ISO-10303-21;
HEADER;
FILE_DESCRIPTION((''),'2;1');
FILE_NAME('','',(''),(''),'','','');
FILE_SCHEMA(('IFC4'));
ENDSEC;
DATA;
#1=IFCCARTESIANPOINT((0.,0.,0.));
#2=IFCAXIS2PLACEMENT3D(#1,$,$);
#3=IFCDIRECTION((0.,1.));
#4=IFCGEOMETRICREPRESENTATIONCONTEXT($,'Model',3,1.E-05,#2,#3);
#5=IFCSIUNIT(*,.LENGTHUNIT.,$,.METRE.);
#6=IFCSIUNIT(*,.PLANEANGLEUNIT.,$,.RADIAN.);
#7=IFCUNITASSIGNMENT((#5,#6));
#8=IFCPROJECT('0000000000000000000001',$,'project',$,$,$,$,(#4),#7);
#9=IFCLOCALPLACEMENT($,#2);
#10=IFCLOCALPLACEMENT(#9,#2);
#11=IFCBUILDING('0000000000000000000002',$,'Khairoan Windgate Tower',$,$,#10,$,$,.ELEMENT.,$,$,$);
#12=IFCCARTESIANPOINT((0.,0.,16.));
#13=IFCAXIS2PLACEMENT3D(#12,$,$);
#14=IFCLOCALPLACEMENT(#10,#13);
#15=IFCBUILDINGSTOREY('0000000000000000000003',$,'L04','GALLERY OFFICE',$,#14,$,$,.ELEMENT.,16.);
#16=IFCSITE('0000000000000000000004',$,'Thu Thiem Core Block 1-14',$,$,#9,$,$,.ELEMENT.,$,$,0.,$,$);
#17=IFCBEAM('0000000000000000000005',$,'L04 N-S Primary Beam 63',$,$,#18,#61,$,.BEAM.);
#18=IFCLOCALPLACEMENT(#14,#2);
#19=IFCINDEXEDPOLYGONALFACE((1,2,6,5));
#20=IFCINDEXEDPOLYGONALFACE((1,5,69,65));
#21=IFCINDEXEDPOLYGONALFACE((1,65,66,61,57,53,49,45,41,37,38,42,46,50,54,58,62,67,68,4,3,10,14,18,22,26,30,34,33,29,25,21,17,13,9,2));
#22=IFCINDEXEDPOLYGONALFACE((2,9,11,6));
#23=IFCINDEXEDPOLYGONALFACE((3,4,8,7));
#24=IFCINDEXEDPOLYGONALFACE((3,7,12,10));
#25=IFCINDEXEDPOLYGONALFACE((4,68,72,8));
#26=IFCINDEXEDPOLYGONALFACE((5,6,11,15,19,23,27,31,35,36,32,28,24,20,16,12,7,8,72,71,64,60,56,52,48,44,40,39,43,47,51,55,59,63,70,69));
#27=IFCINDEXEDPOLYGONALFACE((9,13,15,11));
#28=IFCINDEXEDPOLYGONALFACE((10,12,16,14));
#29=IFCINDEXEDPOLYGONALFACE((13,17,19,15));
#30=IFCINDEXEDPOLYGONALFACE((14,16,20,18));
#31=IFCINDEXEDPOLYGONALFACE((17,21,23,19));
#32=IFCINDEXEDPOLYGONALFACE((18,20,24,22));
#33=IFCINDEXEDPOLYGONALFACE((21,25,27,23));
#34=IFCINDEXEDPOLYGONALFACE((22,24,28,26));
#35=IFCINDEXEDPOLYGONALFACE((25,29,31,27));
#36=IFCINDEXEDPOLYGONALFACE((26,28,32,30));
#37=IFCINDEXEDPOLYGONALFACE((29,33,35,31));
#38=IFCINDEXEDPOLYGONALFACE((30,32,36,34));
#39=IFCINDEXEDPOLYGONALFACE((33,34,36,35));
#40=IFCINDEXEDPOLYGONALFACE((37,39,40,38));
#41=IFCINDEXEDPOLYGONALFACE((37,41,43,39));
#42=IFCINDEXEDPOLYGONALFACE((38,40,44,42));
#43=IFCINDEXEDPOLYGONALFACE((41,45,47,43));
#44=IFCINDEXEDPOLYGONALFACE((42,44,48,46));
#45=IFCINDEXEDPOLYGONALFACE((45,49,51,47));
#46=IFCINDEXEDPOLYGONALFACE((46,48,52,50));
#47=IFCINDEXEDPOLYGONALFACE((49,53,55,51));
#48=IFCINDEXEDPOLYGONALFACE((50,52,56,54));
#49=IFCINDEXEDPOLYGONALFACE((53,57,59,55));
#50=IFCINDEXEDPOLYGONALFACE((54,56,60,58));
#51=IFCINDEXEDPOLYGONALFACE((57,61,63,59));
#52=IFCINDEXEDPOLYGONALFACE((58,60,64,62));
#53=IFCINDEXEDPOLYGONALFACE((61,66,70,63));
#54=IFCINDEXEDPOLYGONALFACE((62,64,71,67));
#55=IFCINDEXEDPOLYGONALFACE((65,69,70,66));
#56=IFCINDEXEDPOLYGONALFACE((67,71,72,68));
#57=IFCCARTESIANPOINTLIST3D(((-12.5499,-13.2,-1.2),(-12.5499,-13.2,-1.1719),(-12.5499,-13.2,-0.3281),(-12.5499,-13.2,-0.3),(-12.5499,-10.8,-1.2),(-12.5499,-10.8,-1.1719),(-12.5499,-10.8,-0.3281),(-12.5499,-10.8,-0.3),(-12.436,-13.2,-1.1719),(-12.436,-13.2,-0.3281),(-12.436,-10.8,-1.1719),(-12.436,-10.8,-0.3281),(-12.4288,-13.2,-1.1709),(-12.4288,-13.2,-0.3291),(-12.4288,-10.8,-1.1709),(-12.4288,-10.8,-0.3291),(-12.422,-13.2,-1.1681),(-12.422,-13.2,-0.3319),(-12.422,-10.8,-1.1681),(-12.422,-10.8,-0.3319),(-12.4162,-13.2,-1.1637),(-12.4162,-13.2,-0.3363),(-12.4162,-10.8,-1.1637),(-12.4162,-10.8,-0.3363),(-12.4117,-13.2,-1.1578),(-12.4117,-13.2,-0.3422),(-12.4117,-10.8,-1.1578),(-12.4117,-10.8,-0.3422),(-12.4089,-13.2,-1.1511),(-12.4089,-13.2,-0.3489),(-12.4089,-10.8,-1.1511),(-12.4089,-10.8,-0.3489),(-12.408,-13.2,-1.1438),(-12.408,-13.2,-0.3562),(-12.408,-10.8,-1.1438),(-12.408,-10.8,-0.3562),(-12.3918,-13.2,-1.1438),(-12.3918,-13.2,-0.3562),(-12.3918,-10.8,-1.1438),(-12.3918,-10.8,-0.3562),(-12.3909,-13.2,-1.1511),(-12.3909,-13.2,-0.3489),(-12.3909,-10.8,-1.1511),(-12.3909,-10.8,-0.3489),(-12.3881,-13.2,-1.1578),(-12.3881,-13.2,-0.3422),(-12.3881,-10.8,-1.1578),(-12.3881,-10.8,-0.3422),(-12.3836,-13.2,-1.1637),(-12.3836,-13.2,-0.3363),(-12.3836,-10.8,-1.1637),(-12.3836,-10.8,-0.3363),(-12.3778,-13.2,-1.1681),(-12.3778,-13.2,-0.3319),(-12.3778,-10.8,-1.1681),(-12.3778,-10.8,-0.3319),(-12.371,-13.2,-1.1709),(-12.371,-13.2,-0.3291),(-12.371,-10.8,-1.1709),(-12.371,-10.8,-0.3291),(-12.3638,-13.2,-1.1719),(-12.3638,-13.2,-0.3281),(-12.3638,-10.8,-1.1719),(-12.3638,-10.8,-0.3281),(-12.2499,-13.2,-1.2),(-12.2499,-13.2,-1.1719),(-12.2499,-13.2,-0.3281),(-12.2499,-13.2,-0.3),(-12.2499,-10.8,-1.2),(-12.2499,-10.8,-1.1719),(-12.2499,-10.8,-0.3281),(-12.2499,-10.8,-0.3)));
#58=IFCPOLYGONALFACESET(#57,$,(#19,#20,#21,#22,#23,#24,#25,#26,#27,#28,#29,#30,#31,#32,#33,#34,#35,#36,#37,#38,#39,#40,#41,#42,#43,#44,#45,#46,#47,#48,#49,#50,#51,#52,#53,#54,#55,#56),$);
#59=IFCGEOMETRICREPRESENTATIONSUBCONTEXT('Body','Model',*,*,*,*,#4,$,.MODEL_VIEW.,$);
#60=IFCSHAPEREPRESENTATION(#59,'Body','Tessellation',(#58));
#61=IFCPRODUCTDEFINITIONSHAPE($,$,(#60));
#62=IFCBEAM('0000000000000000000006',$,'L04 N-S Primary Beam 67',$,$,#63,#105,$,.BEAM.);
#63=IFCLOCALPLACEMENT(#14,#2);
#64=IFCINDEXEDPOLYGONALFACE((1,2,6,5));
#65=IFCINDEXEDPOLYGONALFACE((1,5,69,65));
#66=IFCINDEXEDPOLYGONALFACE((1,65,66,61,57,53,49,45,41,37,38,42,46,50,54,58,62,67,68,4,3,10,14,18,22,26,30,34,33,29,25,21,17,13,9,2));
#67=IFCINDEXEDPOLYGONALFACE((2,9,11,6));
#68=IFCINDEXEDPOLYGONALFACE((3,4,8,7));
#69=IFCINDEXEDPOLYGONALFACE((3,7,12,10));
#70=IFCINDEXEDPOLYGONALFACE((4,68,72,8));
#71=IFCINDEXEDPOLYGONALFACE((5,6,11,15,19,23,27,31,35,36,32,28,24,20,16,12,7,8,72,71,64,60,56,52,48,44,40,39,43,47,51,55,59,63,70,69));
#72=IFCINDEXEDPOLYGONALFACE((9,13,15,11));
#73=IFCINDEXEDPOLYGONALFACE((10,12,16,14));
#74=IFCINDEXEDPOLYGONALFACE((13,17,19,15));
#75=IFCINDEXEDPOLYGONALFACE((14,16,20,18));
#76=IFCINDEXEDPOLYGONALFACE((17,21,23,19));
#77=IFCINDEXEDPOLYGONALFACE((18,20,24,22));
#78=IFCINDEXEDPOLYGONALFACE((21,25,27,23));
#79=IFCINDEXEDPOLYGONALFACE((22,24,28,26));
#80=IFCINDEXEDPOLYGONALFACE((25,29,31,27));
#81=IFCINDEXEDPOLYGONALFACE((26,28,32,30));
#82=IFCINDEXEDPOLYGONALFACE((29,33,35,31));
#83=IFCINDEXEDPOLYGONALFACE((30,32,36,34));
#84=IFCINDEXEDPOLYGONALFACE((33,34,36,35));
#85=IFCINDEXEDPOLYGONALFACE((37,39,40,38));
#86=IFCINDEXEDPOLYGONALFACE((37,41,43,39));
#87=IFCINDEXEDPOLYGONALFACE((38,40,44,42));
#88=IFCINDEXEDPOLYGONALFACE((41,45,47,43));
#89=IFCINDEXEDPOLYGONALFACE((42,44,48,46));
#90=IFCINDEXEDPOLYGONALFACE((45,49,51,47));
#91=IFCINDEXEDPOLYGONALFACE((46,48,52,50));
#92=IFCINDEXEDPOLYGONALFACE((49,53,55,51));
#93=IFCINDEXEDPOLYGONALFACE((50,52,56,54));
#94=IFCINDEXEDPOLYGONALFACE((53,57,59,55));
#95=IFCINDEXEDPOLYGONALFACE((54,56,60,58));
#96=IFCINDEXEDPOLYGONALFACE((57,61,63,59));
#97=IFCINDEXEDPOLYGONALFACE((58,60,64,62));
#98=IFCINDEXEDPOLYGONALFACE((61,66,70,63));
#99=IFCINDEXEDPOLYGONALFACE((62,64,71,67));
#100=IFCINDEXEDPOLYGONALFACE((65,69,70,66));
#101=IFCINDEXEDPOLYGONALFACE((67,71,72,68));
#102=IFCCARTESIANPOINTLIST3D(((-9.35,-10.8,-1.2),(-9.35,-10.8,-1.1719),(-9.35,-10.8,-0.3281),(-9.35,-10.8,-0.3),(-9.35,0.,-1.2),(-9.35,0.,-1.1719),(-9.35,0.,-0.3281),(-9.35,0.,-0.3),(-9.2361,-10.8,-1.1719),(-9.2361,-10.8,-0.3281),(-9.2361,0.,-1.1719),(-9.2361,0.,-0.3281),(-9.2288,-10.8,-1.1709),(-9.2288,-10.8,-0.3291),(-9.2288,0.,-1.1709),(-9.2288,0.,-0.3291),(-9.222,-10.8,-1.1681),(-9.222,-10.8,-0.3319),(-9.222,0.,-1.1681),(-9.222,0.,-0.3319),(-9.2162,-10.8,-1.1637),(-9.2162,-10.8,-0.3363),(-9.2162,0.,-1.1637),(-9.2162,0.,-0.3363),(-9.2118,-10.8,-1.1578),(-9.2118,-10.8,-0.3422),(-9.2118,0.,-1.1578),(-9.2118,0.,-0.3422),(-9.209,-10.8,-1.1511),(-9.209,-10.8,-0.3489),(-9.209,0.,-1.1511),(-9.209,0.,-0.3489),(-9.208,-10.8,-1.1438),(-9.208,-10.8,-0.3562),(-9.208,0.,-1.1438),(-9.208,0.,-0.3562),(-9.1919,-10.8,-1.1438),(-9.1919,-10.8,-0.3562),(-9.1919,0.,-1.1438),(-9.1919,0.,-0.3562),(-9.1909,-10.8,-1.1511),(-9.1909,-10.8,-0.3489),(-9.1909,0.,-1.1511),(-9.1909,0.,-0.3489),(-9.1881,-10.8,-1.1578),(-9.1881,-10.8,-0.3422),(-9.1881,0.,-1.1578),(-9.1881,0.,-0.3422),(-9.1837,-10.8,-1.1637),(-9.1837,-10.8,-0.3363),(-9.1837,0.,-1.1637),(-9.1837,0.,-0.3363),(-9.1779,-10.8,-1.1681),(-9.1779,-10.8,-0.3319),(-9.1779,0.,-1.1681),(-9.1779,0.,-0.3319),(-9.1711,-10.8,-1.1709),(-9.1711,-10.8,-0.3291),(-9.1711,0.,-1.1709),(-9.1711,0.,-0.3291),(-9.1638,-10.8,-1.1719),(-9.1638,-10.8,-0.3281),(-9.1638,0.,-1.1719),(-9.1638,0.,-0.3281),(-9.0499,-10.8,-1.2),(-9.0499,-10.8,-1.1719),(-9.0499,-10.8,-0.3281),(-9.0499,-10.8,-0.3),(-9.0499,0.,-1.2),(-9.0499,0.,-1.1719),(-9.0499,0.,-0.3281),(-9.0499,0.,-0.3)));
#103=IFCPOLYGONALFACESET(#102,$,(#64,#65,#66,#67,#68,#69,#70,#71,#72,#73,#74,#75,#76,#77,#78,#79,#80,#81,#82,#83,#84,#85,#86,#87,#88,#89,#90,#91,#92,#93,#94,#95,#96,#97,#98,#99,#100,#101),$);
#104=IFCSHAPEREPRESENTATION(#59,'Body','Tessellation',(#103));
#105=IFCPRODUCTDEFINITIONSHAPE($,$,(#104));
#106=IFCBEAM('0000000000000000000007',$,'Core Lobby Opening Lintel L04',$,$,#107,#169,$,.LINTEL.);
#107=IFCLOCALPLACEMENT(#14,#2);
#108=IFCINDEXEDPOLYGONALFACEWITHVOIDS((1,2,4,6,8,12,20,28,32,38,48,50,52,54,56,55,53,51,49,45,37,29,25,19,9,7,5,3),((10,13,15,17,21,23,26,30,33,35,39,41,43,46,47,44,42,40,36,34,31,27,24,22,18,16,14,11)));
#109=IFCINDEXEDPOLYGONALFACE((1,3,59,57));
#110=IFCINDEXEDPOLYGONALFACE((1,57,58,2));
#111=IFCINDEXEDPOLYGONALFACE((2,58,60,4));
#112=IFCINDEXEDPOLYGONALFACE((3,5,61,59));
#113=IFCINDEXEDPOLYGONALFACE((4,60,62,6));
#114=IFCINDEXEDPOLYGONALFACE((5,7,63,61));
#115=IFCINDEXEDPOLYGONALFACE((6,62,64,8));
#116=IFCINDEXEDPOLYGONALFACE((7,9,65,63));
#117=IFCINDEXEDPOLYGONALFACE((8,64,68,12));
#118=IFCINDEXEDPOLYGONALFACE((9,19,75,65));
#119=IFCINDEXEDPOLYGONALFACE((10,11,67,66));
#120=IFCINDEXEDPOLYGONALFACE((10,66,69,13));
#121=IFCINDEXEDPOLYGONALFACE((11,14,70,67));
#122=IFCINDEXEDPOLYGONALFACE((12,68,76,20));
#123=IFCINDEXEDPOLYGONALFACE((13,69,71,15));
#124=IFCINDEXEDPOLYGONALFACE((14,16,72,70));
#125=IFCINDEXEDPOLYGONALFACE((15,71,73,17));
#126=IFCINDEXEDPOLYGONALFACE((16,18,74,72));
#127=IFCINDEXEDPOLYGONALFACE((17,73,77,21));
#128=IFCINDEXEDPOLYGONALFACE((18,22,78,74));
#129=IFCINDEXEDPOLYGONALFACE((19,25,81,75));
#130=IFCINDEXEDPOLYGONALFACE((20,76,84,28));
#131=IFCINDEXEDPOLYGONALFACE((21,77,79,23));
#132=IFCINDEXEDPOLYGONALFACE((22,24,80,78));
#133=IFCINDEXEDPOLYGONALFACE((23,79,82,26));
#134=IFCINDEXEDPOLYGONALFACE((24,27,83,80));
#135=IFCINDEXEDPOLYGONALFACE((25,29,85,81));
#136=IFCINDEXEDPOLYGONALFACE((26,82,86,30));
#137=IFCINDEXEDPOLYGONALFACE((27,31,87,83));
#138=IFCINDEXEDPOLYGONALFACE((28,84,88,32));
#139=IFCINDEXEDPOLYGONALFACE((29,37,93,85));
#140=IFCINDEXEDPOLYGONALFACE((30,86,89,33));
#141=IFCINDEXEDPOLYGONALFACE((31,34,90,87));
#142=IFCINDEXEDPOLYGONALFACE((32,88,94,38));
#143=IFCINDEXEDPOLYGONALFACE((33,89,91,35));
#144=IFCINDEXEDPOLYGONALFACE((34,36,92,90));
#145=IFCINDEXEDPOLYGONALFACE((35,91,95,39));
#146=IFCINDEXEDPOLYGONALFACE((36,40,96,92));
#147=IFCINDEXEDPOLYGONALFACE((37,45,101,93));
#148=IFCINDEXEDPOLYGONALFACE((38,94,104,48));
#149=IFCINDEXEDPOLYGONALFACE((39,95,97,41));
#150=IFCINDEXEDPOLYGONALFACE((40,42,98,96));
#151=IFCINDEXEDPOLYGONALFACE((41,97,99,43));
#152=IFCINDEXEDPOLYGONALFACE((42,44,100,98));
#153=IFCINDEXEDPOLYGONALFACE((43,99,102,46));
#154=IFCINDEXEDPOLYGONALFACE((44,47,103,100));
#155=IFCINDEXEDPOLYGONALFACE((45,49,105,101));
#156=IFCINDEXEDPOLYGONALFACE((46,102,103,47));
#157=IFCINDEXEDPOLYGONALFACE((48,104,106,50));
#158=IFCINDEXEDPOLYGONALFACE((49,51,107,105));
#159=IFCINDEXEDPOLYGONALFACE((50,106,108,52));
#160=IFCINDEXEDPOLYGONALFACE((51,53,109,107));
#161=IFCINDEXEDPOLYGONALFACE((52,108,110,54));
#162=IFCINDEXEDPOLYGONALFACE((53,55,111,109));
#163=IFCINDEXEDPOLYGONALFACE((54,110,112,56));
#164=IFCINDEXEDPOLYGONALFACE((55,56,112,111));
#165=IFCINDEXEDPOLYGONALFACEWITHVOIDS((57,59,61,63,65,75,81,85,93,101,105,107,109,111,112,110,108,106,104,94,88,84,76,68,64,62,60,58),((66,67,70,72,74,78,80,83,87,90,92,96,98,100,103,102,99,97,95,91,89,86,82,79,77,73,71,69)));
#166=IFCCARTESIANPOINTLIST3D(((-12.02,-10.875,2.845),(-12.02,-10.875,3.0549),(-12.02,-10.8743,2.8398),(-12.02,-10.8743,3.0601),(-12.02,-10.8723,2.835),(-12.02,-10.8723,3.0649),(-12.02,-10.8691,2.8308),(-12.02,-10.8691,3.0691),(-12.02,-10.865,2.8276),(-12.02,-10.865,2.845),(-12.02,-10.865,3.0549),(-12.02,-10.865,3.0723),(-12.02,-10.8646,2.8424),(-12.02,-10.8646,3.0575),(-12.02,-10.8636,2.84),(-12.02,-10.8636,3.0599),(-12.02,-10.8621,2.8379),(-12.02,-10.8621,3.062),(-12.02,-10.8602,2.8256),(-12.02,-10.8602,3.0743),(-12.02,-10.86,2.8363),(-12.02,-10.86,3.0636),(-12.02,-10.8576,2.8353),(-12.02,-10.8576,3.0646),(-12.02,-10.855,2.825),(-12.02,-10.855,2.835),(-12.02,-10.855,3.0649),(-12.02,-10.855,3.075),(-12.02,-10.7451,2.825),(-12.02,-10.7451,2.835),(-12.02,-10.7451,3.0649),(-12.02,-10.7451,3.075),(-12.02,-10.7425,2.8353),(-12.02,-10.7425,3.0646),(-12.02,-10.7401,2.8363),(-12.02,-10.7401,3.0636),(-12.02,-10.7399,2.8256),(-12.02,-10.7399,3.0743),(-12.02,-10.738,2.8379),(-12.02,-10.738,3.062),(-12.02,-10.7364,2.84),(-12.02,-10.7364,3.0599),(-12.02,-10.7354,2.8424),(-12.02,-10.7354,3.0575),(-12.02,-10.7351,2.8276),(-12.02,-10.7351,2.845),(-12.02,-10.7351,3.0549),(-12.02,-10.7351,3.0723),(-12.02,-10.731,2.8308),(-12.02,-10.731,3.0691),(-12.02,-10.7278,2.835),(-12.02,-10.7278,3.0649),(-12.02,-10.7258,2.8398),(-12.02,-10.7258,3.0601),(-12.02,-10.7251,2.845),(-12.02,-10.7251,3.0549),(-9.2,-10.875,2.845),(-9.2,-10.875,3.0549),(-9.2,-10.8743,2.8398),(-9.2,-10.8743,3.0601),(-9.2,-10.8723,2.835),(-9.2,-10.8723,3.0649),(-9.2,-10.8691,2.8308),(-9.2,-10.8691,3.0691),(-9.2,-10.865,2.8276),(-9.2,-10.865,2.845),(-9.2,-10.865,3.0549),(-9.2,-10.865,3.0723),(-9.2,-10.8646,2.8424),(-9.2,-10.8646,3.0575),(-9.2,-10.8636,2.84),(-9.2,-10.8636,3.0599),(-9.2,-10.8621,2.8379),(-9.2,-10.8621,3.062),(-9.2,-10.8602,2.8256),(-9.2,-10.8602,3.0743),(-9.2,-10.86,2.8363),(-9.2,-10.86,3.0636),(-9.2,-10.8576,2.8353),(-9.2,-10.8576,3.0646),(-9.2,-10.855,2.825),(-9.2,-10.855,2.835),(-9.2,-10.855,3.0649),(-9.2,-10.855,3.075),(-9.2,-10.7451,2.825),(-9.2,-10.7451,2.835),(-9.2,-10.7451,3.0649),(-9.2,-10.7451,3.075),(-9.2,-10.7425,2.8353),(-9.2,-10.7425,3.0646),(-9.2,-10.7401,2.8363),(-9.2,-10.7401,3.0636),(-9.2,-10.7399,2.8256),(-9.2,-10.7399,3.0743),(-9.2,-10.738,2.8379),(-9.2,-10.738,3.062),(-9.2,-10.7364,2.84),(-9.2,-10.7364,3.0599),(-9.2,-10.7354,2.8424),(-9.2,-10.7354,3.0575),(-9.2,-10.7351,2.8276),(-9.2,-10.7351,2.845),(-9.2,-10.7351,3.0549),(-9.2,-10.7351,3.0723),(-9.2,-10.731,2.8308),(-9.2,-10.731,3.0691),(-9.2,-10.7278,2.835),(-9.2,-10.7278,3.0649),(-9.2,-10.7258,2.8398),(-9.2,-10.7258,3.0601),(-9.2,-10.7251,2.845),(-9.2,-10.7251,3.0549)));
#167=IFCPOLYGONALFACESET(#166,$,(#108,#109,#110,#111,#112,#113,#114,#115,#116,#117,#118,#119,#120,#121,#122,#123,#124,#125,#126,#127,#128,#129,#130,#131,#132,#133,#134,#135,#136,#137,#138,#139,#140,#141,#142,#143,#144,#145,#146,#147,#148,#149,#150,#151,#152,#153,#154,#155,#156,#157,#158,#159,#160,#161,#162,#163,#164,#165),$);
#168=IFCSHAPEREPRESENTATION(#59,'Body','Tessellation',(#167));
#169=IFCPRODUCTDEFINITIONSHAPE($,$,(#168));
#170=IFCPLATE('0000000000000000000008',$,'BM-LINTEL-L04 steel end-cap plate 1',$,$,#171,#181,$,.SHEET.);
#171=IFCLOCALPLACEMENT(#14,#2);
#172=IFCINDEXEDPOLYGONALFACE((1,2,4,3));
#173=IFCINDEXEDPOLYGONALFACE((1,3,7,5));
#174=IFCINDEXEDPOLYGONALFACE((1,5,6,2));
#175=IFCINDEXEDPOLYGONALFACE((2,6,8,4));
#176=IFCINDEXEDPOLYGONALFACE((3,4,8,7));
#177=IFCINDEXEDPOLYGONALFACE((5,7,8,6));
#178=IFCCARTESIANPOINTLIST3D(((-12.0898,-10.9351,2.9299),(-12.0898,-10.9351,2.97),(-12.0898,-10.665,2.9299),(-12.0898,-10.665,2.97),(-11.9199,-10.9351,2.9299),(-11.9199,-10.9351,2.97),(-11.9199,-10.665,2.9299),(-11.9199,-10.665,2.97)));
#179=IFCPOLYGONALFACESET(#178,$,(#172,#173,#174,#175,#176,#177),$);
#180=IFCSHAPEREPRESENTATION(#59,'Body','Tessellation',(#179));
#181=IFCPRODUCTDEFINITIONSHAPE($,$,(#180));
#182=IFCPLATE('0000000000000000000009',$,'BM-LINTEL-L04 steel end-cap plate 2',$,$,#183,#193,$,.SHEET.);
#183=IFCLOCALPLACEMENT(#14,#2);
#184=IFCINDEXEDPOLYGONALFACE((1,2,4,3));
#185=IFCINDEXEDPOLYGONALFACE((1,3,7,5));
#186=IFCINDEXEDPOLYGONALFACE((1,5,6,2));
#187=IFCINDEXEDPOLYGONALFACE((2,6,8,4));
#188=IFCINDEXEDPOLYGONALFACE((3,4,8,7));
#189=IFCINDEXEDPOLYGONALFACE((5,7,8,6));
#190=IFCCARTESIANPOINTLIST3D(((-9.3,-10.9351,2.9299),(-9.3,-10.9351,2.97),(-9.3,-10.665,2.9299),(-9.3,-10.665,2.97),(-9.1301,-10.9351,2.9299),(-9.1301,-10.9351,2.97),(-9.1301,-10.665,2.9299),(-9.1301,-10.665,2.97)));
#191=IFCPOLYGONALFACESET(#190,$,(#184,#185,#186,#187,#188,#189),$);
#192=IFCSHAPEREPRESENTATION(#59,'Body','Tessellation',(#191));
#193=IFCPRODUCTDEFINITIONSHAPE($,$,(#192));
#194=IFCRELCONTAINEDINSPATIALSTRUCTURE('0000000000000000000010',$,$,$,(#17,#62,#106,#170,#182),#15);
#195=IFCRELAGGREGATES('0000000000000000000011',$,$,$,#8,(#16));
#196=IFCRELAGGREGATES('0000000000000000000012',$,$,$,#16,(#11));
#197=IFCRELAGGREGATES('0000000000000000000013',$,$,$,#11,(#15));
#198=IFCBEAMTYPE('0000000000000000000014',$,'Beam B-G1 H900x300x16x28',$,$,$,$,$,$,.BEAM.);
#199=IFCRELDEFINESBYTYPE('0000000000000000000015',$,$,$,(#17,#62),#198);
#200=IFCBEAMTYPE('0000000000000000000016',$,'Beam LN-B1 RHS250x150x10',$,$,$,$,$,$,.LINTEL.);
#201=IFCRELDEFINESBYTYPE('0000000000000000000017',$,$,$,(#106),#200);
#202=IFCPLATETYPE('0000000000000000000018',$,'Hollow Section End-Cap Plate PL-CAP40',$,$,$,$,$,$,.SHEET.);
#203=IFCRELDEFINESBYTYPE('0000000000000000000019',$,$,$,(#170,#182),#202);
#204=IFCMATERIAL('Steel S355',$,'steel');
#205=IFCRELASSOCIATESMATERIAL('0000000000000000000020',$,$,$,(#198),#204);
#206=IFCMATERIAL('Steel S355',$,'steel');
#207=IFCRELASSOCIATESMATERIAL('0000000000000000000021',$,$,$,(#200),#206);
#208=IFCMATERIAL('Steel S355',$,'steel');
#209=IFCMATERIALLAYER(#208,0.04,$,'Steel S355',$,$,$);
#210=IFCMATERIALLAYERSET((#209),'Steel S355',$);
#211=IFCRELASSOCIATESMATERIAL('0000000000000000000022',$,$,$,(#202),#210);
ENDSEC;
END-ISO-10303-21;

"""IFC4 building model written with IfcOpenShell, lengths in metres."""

from ifc_helpers import new_model, si_unit, direction, frame, origin, origin_2d, place, context, subcontext, project, spatial, rectangle, hollow_rectangle, i_section, extrude, material, layer, layer_set, material_profile, profile_set, type_object, element, save


model = new_model("IFC4")

# Units and contexts
model_context = context("Model", 3, precision=1e-05, world=origin(), true_north=direction((0.0, 1.0)))
body_context = subcontext(model_context, "Body", "Model", "MODEL_VIEW")
ifc_project = project(units=[si_unit("LENGTHUNIT", "METRE"), si_unit("PLANEANGLEUNIT", "RADIAN")], contexts=[model_context])

# Site, building, storey
site_placement = place(None, origin())
site = spatial("IfcSite", under=ifc_project, at=site_placement, Name="Thu Thiem Core Block 1-14", CompositionType="ELEMENT", RefElevation=0.0)
building_placement = place(site_placement, origin())
building = spatial("IfcBuilding", under=site, at=building_placement, Name="Khairoan Windgate Tower", CompositionType="ELEMENT")
storey_placement = place(building_placement, frame((0.0, 0.0, 16.0)))
storey = spatial("IfcBuildingStorey", under=building, at=storey_placement, Name="L04", Description="GALLERY OFFICE", CompositionType="ELEMENT", Elevation=16.0)

# Beams
ifc_material_1 = material(Name="Steel S355", Category="steel")
ifc_material_profile_1 = material_profile(ifc_material_1, i_section(OverallWidth=0.3, OverallDepth=0.8999, WebThickness=0.0161, FlangeThickness=0.0281, FilletRadius=0.0281, at=origin_2d()))
ifc_profile_set_1 = profile_set([ifc_material_profile_1], Name="Steel S355")
beam_type_1 = type_object("IfcBeamType", Name="Beam B-G1 H900x300x16x28", PredefinedType="BEAM", material=ifc_profile_set_1)
beam_1_placement = place(storey_placement, frame((-12.3999, -13.2, -0.75), z_axis=(0.0, 1.0, 0.0), x_axis=(-1.0, 0.0, 0.0)))
element("IfcBeam", 1, at=beam_1_placement, inside=storey, type_object=beam_type_1, Name="L04 N-S Primary Beam 63", PredefinedType="BEAM", context=body_context, shape_type="SweptSolid", body=[
    extrude(i_section(OverallWidth=0.3, OverallDepth=0.8999, WebThickness=0.0161, FlangeThickness=0.0281, FilletRadius=0.0281, at=origin_2d()), origin(), (0.0, 0.0, 1.0), 2.3999),
])
beam_2_placement = place(storey_placement, frame((-9.2, -10.8, -0.75), z_axis=(0.0, 1.0, 0.0), x_axis=(-1.0, 0.0, 0.0)))
element("IfcBeam", 2, at=beam_2_placement, inside=storey, type_object=beam_type_1, Name="L04 N-S Primary Beam 67", PredefinedType="BEAM", context=body_context, shape_type="SweptSolid", body=[
    extrude(i_section(OverallWidth=0.3, OverallDepth=0.8999, WebThickness=0.0161, FlangeThickness=0.0281, FilletRadius=0.0281, at=origin_2d()), origin(), (0.0, 0.0, 1.0), 10.8),
])
ifc_material_2 = material(Name="Steel S355", Category="steel")
ifc_material_profile_2 = material_profile(ifc_material_2, hollow_rectangle(XDim=0.1499, YDim=0.25, WallThickness=0.01, InnerFilletRadius=0.01, OuterFilletRadius=0.02, at=origin_2d()))
ifc_profile_set_2 = profile_set([ifc_material_profile_2], Name="Steel S355")
beam_type_2 = type_object("IfcBeamType", Name="Beam LN-B1 RHS250x150x10", PredefinedType="LINTEL", material=ifc_profile_set_2)
beam_3_placement = place(storey_placement, frame((-12.02, -10.8, 2.95), z_axis=(1.0, 0.0, 0.0), x_axis=(0.0, 1.0, 0.0)))
element("IfcBeam", 3, at=beam_3_placement, inside=storey, type_object=beam_type_2, Name="Core Lobby Opening Lintel L04", PredefinedType="LINTEL", context=body_context, shape_type="SweptSolid", body=[
    extrude(hollow_rectangle(XDim=0.1499, YDim=0.25, WallThickness=0.01, InnerFilletRadius=0.01, OuterFilletRadius=0.02, at=origin_2d()), origin(), (0.0, 0.0, 1.0), 2.8201),
])

# Plates
ifc_material_3 = material(Name="Steel S355", Category="steel")
ifc_layer_1 = layer(ifc_material_3, 0.04, Name="Steel S355")
ifc_layer_set_1 = layer_set([ifc_layer_1], Name="Steel S355")
plate_type = type_object("IfcPlateType", Name="Hollow Section End-Cap Plate PL-CAP40", PredefinedType="SHEET", material=ifc_layer_set_1)
for number, where, z_axis, x_axis, name in (
    (4, (-12.0049, -10.8, 2.9299), (0.0, 0.0, 1.0), (1.0, 0.0, 0.0), "BM-LINTEL-L04 steel end-cap plate 1"),
    (5, (-9.2151, -10.8, 2.9299), (0.0, 0.0, 1.0), (1.0, 0.0, 0.0), "BM-LINTEL-L04 steel end-cap plate 2"),
):
    element("IfcPlate", number, at=place(storey_placement, frame(where, z_axis=z_axis, x_axis=x_axis)), inside=storey, type_object=plate_type, Name=name, PredefinedType="SHEET", context=body_context, shape_type="SweptSolid", body=[
        extrude(rectangle(XDim=0.1699, YDim=0.27, at=origin_2d()), origin(), (0.0, 0.0, 1.0), 0.04),
    ])

save(model, "model.ifc")
